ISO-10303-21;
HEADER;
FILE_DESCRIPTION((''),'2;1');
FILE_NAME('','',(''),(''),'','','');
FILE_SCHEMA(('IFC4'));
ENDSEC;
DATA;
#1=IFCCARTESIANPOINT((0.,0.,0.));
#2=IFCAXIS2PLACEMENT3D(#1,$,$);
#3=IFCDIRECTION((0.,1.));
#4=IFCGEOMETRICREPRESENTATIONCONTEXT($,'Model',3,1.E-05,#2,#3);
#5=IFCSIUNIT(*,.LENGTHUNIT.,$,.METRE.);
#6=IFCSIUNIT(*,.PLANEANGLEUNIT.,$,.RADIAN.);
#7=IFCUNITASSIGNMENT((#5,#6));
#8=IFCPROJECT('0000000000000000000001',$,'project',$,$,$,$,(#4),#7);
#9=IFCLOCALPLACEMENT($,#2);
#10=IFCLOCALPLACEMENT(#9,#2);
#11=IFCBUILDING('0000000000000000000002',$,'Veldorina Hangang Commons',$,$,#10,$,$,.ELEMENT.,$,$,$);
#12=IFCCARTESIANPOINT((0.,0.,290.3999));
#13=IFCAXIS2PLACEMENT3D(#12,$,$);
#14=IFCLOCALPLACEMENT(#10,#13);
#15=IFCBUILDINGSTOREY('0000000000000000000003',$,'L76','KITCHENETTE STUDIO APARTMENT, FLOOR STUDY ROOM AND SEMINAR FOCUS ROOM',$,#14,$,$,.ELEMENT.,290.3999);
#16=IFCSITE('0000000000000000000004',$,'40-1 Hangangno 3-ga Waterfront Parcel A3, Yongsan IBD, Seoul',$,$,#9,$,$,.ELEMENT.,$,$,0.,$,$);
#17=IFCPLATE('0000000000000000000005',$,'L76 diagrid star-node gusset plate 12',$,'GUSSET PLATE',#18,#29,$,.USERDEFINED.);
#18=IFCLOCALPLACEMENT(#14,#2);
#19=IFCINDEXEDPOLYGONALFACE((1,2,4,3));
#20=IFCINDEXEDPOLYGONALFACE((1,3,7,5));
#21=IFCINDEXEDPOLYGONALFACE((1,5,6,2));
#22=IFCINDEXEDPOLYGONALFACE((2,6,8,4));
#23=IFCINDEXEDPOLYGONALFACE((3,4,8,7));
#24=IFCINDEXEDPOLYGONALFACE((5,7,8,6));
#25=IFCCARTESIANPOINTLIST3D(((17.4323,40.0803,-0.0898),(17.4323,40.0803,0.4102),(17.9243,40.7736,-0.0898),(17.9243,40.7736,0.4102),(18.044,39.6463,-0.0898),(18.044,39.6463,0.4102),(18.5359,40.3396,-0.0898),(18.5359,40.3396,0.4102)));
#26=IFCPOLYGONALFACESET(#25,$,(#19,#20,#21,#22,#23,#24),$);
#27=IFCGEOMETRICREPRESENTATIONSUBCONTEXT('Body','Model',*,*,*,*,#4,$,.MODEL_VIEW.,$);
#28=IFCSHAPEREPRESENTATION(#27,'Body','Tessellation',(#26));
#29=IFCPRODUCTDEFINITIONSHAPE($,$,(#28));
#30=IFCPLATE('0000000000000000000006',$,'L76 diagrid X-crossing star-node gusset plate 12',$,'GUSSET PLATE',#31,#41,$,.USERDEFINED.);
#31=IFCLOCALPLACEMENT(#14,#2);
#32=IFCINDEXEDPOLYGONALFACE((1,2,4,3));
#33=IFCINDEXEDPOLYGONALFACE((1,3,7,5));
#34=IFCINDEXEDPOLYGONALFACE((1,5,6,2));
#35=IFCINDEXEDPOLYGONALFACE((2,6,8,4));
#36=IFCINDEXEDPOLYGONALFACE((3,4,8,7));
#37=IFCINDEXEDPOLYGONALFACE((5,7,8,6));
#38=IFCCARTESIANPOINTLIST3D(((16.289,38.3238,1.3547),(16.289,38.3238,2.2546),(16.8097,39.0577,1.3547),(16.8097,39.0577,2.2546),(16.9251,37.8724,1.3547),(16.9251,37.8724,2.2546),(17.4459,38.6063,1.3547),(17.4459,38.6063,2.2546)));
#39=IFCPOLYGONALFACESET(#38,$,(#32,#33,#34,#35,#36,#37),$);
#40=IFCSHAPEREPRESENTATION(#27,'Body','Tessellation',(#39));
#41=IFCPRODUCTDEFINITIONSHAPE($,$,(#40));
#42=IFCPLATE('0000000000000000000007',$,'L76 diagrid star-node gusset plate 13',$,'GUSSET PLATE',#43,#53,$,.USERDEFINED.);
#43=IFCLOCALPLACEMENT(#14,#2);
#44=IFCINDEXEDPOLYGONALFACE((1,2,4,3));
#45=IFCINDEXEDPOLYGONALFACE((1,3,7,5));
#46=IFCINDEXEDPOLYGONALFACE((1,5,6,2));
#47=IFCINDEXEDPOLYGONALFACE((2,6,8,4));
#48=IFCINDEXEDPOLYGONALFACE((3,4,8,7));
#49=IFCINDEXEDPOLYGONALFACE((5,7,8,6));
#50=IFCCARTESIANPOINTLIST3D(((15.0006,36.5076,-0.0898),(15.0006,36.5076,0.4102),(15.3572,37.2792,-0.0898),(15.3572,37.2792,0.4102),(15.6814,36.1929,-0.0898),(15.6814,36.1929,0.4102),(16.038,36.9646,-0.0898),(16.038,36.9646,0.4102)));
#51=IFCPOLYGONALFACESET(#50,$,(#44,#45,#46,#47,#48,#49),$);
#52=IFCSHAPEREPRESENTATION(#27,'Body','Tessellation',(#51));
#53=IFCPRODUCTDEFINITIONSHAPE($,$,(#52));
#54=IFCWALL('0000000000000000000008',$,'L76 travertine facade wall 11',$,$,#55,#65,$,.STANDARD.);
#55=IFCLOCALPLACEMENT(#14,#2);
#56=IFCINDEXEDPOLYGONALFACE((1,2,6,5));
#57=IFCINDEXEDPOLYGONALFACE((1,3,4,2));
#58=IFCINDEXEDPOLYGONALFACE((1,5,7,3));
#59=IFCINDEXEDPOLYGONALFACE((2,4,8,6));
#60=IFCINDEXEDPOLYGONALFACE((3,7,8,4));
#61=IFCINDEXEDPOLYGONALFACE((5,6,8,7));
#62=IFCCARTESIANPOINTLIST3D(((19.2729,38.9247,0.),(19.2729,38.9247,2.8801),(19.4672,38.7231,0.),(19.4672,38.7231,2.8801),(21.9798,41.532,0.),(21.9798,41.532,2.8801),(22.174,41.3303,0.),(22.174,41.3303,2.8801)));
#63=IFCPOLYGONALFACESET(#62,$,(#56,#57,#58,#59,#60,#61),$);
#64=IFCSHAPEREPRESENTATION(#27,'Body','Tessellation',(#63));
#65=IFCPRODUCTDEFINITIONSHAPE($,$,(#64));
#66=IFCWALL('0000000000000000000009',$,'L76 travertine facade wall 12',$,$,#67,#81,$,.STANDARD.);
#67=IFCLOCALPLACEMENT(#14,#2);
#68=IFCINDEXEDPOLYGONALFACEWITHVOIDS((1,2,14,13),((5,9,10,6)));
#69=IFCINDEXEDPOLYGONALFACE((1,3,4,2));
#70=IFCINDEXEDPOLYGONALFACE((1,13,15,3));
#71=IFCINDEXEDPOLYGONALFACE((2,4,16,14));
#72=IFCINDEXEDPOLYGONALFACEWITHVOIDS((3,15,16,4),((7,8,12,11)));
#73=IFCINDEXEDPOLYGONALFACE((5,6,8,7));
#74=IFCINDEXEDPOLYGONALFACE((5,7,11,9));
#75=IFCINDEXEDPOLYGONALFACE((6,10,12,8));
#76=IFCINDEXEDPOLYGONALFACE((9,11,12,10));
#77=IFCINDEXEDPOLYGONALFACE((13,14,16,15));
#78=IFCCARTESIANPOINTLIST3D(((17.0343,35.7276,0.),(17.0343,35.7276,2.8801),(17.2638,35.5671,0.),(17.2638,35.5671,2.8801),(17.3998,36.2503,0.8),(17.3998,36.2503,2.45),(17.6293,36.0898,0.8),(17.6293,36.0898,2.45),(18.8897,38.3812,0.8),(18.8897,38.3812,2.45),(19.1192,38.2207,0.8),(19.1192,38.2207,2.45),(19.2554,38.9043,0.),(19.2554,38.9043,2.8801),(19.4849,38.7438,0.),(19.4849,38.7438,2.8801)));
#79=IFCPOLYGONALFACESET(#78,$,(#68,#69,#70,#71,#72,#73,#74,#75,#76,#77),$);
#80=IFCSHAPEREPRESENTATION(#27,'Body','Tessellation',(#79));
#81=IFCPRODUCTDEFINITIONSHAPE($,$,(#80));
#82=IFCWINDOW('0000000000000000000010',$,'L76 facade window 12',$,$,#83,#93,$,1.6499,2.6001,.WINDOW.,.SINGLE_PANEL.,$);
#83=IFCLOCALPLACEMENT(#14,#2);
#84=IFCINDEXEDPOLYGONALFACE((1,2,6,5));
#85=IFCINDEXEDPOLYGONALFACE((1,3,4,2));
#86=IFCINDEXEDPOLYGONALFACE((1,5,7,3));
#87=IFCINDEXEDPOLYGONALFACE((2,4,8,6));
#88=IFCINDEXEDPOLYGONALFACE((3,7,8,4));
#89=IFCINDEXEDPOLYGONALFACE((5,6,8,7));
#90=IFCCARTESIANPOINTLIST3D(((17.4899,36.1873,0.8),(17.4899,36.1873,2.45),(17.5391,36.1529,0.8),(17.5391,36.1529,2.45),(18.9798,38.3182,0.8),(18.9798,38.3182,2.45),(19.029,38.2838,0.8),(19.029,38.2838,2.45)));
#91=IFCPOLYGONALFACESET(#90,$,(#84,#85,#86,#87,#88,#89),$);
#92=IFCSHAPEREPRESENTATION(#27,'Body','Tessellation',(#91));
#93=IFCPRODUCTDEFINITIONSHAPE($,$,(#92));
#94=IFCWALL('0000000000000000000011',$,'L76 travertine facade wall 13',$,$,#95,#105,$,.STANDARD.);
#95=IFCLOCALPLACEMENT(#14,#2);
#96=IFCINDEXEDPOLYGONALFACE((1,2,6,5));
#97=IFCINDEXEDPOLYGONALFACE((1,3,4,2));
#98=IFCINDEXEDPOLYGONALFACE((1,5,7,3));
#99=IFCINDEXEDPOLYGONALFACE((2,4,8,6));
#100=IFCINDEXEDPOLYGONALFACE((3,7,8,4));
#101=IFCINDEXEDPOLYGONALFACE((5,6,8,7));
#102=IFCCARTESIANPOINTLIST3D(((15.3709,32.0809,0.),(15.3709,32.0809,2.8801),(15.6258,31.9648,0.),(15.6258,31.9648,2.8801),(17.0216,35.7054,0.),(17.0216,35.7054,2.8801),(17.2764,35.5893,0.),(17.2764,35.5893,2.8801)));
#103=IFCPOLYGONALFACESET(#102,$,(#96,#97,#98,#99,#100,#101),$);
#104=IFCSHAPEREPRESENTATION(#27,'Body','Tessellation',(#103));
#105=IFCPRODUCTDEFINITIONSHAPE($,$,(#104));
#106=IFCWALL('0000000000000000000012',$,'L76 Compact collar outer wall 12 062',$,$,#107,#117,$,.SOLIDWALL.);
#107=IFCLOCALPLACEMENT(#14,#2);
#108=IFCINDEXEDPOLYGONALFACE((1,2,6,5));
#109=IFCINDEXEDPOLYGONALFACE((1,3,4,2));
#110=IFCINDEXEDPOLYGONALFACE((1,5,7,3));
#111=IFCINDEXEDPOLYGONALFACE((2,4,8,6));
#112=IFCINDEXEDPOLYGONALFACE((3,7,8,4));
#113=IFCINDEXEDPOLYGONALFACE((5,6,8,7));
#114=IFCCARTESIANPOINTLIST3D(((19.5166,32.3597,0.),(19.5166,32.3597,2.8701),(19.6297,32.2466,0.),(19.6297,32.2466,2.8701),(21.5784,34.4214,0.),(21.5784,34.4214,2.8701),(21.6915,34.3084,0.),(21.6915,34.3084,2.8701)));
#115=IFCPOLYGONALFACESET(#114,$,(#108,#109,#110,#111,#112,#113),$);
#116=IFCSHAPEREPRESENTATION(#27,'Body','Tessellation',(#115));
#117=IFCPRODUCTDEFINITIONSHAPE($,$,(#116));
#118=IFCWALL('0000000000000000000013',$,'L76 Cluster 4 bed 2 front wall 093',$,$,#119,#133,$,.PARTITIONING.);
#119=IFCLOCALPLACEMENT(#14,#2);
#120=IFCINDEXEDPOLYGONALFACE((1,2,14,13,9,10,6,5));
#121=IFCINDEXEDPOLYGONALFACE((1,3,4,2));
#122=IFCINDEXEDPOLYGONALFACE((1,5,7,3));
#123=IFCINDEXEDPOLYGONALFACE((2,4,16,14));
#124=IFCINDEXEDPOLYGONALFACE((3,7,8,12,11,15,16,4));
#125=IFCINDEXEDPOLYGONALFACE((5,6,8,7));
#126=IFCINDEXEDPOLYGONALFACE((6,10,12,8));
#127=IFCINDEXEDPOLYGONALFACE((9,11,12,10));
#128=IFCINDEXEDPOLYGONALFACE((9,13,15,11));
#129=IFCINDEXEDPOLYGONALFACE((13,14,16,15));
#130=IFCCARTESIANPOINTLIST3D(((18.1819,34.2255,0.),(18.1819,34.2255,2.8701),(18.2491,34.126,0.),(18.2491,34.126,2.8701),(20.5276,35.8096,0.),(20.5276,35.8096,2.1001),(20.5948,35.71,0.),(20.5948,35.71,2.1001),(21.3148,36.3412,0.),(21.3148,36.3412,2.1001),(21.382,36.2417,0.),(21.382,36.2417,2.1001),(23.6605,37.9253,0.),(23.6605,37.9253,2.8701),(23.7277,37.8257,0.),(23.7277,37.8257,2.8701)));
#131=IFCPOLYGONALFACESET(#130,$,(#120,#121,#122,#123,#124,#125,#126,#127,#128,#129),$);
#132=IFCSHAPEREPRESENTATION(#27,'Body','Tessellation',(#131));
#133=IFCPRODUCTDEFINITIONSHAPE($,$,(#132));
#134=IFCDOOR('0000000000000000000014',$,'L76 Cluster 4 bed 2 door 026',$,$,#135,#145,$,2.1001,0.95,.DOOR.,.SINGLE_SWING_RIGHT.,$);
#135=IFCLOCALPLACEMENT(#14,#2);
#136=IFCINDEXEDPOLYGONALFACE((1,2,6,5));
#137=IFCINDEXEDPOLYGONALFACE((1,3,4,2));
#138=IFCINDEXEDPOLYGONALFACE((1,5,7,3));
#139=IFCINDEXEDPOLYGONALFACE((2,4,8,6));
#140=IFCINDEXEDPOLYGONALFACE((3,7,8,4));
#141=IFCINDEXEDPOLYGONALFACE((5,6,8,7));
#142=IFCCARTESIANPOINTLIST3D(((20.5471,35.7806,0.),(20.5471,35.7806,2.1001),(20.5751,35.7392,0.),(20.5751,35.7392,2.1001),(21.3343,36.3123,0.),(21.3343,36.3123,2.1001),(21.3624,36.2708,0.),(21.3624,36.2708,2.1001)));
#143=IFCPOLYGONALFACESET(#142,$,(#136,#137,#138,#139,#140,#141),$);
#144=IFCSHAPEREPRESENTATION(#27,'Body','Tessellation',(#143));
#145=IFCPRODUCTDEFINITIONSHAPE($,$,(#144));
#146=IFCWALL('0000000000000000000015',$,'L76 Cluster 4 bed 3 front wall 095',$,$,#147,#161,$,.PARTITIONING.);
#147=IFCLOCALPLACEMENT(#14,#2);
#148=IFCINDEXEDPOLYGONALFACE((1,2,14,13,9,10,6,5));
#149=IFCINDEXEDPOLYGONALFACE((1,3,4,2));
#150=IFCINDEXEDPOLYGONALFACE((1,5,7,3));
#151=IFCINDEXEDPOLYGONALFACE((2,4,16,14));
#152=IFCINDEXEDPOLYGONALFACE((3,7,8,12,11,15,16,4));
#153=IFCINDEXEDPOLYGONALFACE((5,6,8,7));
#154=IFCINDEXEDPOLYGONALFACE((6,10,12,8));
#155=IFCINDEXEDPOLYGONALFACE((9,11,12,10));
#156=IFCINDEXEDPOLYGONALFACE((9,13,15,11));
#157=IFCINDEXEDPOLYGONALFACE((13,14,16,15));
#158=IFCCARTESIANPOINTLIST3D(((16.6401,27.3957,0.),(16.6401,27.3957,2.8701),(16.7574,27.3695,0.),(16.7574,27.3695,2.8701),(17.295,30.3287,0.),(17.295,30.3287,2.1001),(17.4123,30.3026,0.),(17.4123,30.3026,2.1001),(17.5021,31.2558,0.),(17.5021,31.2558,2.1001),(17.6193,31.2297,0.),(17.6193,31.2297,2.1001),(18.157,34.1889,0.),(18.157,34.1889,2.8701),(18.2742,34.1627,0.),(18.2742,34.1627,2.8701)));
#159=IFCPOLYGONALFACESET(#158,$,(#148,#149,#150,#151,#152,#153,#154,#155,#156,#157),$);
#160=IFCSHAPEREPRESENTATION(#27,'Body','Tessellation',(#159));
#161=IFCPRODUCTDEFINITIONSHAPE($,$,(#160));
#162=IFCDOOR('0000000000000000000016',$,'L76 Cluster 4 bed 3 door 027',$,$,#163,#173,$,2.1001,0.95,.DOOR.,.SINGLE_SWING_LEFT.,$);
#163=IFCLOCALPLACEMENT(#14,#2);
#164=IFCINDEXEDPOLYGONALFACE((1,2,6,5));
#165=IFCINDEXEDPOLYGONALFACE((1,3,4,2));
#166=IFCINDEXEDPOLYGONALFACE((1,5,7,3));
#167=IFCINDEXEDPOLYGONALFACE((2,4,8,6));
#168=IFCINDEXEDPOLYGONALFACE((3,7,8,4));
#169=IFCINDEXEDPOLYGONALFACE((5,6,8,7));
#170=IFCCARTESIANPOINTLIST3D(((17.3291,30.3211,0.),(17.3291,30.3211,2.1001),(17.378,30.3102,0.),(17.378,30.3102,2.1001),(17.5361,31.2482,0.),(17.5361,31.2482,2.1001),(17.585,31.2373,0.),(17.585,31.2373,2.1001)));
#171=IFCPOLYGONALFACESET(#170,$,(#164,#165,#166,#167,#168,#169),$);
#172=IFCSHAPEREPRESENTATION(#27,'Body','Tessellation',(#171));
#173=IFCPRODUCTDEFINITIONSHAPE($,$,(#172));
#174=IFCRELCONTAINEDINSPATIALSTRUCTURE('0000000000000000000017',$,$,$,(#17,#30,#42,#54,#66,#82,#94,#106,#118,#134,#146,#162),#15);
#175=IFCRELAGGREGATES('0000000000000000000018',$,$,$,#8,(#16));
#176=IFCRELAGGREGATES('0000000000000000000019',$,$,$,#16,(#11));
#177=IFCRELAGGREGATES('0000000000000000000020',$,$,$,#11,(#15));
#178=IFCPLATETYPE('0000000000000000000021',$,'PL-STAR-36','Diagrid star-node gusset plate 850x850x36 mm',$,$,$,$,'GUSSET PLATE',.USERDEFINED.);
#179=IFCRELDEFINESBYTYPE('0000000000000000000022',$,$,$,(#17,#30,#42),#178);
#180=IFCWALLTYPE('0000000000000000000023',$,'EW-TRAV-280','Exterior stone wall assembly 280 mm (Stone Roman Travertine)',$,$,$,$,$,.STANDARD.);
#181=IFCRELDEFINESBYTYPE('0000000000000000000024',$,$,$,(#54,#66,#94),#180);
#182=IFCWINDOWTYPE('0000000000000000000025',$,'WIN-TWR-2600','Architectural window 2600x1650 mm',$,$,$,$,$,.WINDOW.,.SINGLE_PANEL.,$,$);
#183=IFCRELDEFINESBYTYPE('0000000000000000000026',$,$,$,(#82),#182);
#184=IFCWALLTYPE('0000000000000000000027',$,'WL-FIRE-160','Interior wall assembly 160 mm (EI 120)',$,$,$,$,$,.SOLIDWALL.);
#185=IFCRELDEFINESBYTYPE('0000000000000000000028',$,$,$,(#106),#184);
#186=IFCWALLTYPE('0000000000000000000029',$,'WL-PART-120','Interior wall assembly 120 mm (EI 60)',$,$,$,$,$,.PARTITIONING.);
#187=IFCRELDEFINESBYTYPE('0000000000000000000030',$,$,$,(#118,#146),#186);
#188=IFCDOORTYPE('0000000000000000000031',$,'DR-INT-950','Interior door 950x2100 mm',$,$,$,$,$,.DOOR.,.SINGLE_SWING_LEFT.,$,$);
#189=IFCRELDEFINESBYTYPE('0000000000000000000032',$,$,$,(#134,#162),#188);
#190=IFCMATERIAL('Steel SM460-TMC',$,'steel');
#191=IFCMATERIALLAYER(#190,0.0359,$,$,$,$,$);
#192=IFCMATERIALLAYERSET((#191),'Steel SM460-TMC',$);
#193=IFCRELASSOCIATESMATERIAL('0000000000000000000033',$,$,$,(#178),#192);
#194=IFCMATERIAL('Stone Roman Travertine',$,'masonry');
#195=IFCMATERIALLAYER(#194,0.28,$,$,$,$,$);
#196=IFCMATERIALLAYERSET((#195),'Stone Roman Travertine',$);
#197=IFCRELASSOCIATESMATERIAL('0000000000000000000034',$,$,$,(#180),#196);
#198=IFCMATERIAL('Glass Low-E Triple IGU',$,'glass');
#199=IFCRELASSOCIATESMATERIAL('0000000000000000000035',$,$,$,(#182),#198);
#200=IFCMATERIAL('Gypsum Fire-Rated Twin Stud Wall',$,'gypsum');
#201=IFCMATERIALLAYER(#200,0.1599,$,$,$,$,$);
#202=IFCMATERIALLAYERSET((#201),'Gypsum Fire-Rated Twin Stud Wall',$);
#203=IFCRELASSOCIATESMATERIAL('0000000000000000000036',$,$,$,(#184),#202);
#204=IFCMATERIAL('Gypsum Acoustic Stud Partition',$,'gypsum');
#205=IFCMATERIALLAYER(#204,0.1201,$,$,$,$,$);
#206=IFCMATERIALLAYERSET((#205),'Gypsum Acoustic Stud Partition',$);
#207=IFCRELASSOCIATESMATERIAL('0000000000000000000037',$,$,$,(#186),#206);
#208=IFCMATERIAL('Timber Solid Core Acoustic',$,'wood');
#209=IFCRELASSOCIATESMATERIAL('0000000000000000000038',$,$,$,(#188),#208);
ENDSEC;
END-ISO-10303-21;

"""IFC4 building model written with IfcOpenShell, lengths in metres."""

from ifc_helpers import new_model, si_unit, direction, frame, frame_2d, origin, origin_2d, place, context, subcontext, project, spatial, rectangle, extrude, material, layer, layer_set, type_object, element, fill, save


model = new_model("IFC4")

# Units and contexts
model_context = context("Model", 3, precision=1e-05, world=origin(), true_north=direction((0.0, 1.0)))
body_context = subcontext(model_context, "Body", "Model", "MODEL_VIEW")
ifc_project = project(units=[si_unit("LENGTHUNIT", "METRE"), si_unit("PLANEANGLEUNIT", "RADIAN")], contexts=[model_context])

# Site, building, storey
site_placement = place(None, origin())
site = spatial("IfcSite", under=ifc_project, at=site_placement, Name="40-1 Hangangno 3-ga Waterfront Parcel A3, Yongsan IBD, Seoul", CompositionType="ELEMENT", RefElevation=0.0)
building_placement = place(site_placement, origin())
building = spatial("IfcBuilding", under=site, at=building_placement, Name="Veldorina Hangang Commons", CompositionType="ELEMENT")
storey_placement = place(building_placement, frame((0.0, 0.0, 290.3999)))
storey = spatial("IfcBuildingStorey", under=building, at=storey_placement, Name="L76", Description="KITCHENETTE STUDIO APARTMENT, FLOOR STUDY ROOM AND SEMINAR FOCUS ROOM", CompositionType="ELEMENT", Elevation=290.3999)

# Plates
ifc_material_1 = material(Name="Steel SM460-TMC", Category="steel")
ifc_layer_1 = layer(ifc_material_1, 0.0359)
ifc_layer_set_1 = layer_set([ifc_layer_1], Name="Steel SM460-TMC")
plate_type = type_object("IfcPlateType", Name="PL-STAR-36", Description="Diagrid star-node gusset plate 850x850x36 mm", ElementType="GUSSET PLATE", PredefinedType="USERDEFINED", material=ifc_layer_set_1)
for number, where, z_axis, x_axis, name in (
    (1, (17.9841, 40.21, -0.0898), (0.0, 0.0, 1.0), (-0.578698, -0.815542, 0.0), "L76 diagrid star-node gusset plate 12"),
):
    element("IfcPlate", number, at=place(storey_placement, frame(where, z_axis=z_axis, x_axis=x_axis)), inside=storey, type_object=plate_type, Name=name, ObjectType="GUSSET PLATE", PredefinedType="USERDEFINED", context=body_context, shape_type="SweptSolid", body=[
        extrude(rectangle(XDim=0.8501, YDim=0.75, at=origin_2d()), origin(), (0.0, 0.0, 1.0), 0.5),
    ])
plate_1_placement = place(storey_placement, frame((16.8674, 38.4651, 1.3547), z_axis=(0.0, 0.0, 1.0), x_axis=(-0.578698, -0.815542, 0.0)))
element("IfcPlate", 2, at=plate_1_placement, inside=storey, type_object=plate_type, Name="L76 diagrid X-crossing star-node gusset plate 12", ObjectType="GUSSET PLATE", PredefinedType="USERDEFINED", context=body_context, shape_type="SweptSolid", body=[
    extrude(rectangle(XDim=0.8999, YDim=0.78, at=origin_2d()), origin(), (0.0, 0.0, 1.0), 0.8999),
])
plate_2_placement = place(storey_placement, frame((15.5193, 36.7361, -0.0898), z_axis=(0.0, 0.0, 1.0), x_axis=(-0.419531, -0.907741, 0.0)))
element("IfcPlate", 3, at=plate_2_placement, inside=storey, type_object=plate_type, Name="L76 diagrid star-node gusset plate 13", ObjectType="GUSSET PLATE", PredefinedType="USERDEFINED", context=body_context, shape_type="SweptSolid", body=[
    extrude(rectangle(XDim=0.8501, YDim=0.75, at=origin_2d()), origin(), (0.0, 0.0, 1.0), 0.5),
])

# Wall
ifc_material_2 = material(Name="Stone Roman Travertine", Category="masonry")
ifc_layer_2 = layer(ifc_material_2, 0.28)
ifc_layer_set_2 = layer_set([ifc_layer_2], Name="Stone Roman Travertine")
wall_type_1 = type_object("IfcWallType", Name="EW-TRAV-280", Description="Exterior stone wall assembly 280 mm (Stone Roman Travertine)", PredefinedType="STANDARD", material=ifc_layer_set_2)
wall_1_placement = place(storey_placement, frame((22.0769, 41.4312, 0.0), z_axis=(0.0, 0.0, 1.0), x_axis=(-0.720235, -0.69373, 0.0)))
element("IfcWall", 4, at=wall_1_placement, inside=storey, type_object=wall_type_1, Name="L76 travertine facade wall 11", PredefinedType="STANDARD", context=body_context, shape_type="SweptSolid", body=[
    extrude(rectangle(XDim=3.7583, YDim=0.28, at=frame_2d((1.8792, 0.0))), origin(), (0.0, 0.0, 1.0), 2.8801),
])

# Wall, opening, window
wall_2_placement = place(storey_placement, frame((19.3701, 38.824, 0.0), z_axis=(0.0, 0.0, 1.0), x_axis=(-0.573023, -0.81954, 0.0)))
wall_2 = element("IfcWall", 5, at=wall_2_placement, inside=storey, type_object=wall_type_1, Name="L76 travertine facade wall 12", PredefinedType="STANDARD", context=body_context, shape_type="SweptSolid", body=[
    extrude(rectangle(XDim=3.8762, YDim=0.28, at=frame_2d((1.938, 0.0))), origin(), (0.0, 0.0, 1.0), 2.8801),
])
opening_1_placement = place(wall_2_placement, frame((0.6382, 0.0, 0.8)))
opening_1 = element("IfcOpeningElement", 6, at=opening_1_placement, cuts=wall_2, PredefinedType="OPENING", context=body_context, shape_type="SweptSolid", body=[
    extrude(rectangle(XDim=2.6001, YDim=1.6499, at=frame_2d((1.3, 0.825))), frame((0.0, 0.1499, 0.0), z_axis=(0.0, -1.0, 0.0), x_axis=(1.0, 0.0, 0.0)), (0.0, 0.0, 1.0), 0.3),
])
ifc_material_3 = material(Name="Glass Low-E Triple IGU", Category="glass")
window_type = type_object("IfcWindowType", Name="WIN-TWR-2600", Description="Architectural window 2600x1650 mm", PartitioningType="SINGLE_PANEL", PredefinedType="WINDOW", material=ifc_material_3)
window_placement = place(opening_1_placement, origin())
window = element("IfcWindow", 7, at=window_placement, inside=storey, type_object=window_type, Name="L76 facade window 12", OverallHeight=1.6499, OverallWidth=2.6001, PartitioningType="SINGLE_PANEL", PredefinedType="WINDOW", context=body_context, shape_type="SweptSolid", body=[
    extrude(rectangle(XDim=2.6001, YDim=1.6499, at=frame_2d((1.3, 0.825))), frame((0.0, 0.03, 0.0), z_axis=(0.0, -1.0, 0.0), x_axis=(1.0, 0.0, 0.0)), (0.0, 0.0, 1.0), 0.0601),
])
fill(opening_1, window)

# Walls
wall_3_placement = place(storey_placement, frame((17.1489, 35.6472, 0.0), z_axis=(0.0, 0.0, 1.0), x_axis=(-0.414454, -0.91007, 0.0)))
element("IfcWall", 8, at=wall_3_placement, inside=storey, type_object=wall_type_1, Name="L76 travertine facade wall 13", PredefinedType="STANDARD", context=body_context, shape_type="SweptSolid", body=[
    extrude(rectangle(XDim=3.9827, YDim=0.28, at=frame_2d((1.9912, 0.0))), origin(), (0.0, 0.0, 1.0), 2.8801),
])
ifc_material_4 = material(Name="Gypsum Fire-Rated Twin Stud Wall", Category="gypsum")
ifc_layer_3 = layer(ifc_material_4, 0.1599)
ifc_layer_set_3 = layer_set([ifc_layer_3], Name="Gypsum Fire-Rated Twin Stud Wall")
wall_type_2 = type_object("IfcWallType", Name="WL-FIRE-160", Description="Interior wall assembly 160 mm (EI 120)", PredefinedType="SOLIDWALL", material=ifc_layer_set_3)
wall_4_placement = place(storey_placement, frame((21.635, 34.365, 0.0), z_axis=(0.0, 0.0, 1.0), x_axis=(-0.707107, -0.707107, 0.0)))
element("IfcWall", 9, at=wall_4_placement, inside=storey, type_object=wall_type_2, Name="L76 Compact collar outer wall 12 062", PredefinedType="SOLIDWALL", context=body_context, shape_type="SweptSolid", body=[
    extrude(rectangle(XDim=2.9158, YDim=0.1599, at=frame_2d((1.458, 0.0))), origin(), (0.0, 0.0, 1.0), 2.8701),
])

# Walls, openings, doors
ifc_material_5 = material(Name="Gypsum Acoustic Stud Partition", Category="gypsum")
ifc_layer_4 = layer(ifc_material_5, 0.1201)
ifc_layer_set_4 = layer_set([ifc_layer_4], Name="Gypsum Acoustic Stud Partition")
wall_type_3 = type_object("IfcWallType", Name="WL-PART-120", Description="Interior wall assembly 120 mm (EI 60)", PredefinedType="PARTITIONING", material=ifc_layer_set_4)
wall_5_placement = place(storey_placement, frame((23.6941, 37.8755, 0.0), z_axis=(0.0, 0.0, 1.0), x_axis=(-0.828729, -0.55965, 0.0)))
wall_5 = element("IfcWall", 10, at=wall_5_placement, inside=storey, type_object=wall_type_3, Name="L76 Cluster 4 bed 2 front wall 093", PredefinedType="PARTITIONING", context=body_context, shape_type="SweptSolid", body=[
    extrude(rectangle(XDim=6.6108, YDim=0.1201, at=frame_2d((3.3054, 0.0))), origin(), (0.0, 0.0, 1.0), 2.8701),
])
opening_2_placement = place(wall_5_placement, frame((2.8303, 0.0, 0.0)))
opening_2 = element("IfcOpeningElement", 11, at=opening_2_placement, cuts=wall_5, PredefinedType="OPENING", context=body_context, shape_type="SweptSolid", body=[
    extrude(rectangle(XDim=0.95, YDim=2.1001, at=frame_2d((0.4751, 1.05))), frame((0.0, 0.0701, 0.0), z_axis=(0.0, -1.0, 0.0), x_axis=(1.0, 0.0, 0.0)), (0.0, 0.0, 1.0), 0.1401),
])
ifc_material_6 = material(Name="Timber Solid Core Acoustic", Category="wood")
door_type = type_object("IfcDoorType", Name="DR-INT-950", Description="Interior door 950x2100 mm", OperationType="SINGLE_SWING_LEFT", PredefinedType="DOOR", material=ifc_material_6)
door_1_placement = place(opening_2_placement, origin())
door_1 = element("IfcDoor", 12, at=door_1_placement, inside=storey, type_object=door_type, Name="L76 Cluster 4 bed 2 door 026", OperationType="SINGLE_SWING_RIGHT", OverallHeight=2.1001, OverallWidth=0.95, PredefinedType="DOOR", context=body_context, shape_type="SweptSolid", body=[
    extrude(rectangle(XDim=0.95, YDim=2.1001, at=frame_2d((0.4751, 1.05))), frame((0.0, 0.0249, 0.0), z_axis=(0.0, -1.0, 0.0), x_axis=(1.0, 0.0, 0.0)), (0.0, 0.0, 1.0), 0.05),
])
fill(opening_2, door_1)
wall_6_placement = place(storey_placement, frame((18.2156, 34.1758, 0.0), z_axis=(0.0, 0.0, 1.0), x_axis=(-0.217922, -0.975966, 0.0)))
wall_6 = element("IfcWall", 13, at=wall_6_placement, inside=storey, type_object=wall_type_3, Name="L76 Cluster 4 bed 3 front wall 095", PredefinedType="PARTITIONING", context=body_context, shape_type="SweptSolid", body=[
    extrude(rectangle(XDim=6.9604, YDim=0.1201, at=frame_2d((3.4802, 0.0))), origin(), (0.0, 0.0, 1.0), 2.8701),
])
opening_3_placement = place(wall_6_placement, frame((3.0051, 0.0, 0.0)))
opening_3 = element("IfcOpeningElement", 14, at=opening_3_placement, cuts=wall_6, PredefinedType="OPENING", context=body_context, shape_type="SweptSolid", body=[
    extrude(rectangle(XDim=0.95, YDim=2.1001, at=frame_2d((0.4751, 1.05))), frame((0.0, 0.0701, 0.0), z_axis=(0.0, -1.0, 0.0), x_axis=(1.0, 0.0, 0.0)), (0.0, 0.0, 1.0), 0.1401),
])
door_2_placement = place(opening_3_placement, origin())
door_2 = element("IfcDoor", 15, at=door_2_placement, inside=storey, type_object=door_type, Name="L76 Cluster 4 bed 3 door 027", OperationType="SINGLE_SWING_LEFT", OverallHeight=2.1001, OverallWidth=0.95, PredefinedType="DOOR", context=body_context, shape_type="SweptSolid", body=[
    extrude(rectangle(XDim=0.95, YDim=2.1001, at=frame_2d((0.4751, 1.05))), frame((0.0, 0.0249, 0.0), z_axis=(0.0, -1.0, 0.0), x_axis=(1.0, 0.0, 0.0)), (0.0, 0.0, 1.0), 0.05),
])
fill(opening_3, door_2)

save(model, "model.ifc")
